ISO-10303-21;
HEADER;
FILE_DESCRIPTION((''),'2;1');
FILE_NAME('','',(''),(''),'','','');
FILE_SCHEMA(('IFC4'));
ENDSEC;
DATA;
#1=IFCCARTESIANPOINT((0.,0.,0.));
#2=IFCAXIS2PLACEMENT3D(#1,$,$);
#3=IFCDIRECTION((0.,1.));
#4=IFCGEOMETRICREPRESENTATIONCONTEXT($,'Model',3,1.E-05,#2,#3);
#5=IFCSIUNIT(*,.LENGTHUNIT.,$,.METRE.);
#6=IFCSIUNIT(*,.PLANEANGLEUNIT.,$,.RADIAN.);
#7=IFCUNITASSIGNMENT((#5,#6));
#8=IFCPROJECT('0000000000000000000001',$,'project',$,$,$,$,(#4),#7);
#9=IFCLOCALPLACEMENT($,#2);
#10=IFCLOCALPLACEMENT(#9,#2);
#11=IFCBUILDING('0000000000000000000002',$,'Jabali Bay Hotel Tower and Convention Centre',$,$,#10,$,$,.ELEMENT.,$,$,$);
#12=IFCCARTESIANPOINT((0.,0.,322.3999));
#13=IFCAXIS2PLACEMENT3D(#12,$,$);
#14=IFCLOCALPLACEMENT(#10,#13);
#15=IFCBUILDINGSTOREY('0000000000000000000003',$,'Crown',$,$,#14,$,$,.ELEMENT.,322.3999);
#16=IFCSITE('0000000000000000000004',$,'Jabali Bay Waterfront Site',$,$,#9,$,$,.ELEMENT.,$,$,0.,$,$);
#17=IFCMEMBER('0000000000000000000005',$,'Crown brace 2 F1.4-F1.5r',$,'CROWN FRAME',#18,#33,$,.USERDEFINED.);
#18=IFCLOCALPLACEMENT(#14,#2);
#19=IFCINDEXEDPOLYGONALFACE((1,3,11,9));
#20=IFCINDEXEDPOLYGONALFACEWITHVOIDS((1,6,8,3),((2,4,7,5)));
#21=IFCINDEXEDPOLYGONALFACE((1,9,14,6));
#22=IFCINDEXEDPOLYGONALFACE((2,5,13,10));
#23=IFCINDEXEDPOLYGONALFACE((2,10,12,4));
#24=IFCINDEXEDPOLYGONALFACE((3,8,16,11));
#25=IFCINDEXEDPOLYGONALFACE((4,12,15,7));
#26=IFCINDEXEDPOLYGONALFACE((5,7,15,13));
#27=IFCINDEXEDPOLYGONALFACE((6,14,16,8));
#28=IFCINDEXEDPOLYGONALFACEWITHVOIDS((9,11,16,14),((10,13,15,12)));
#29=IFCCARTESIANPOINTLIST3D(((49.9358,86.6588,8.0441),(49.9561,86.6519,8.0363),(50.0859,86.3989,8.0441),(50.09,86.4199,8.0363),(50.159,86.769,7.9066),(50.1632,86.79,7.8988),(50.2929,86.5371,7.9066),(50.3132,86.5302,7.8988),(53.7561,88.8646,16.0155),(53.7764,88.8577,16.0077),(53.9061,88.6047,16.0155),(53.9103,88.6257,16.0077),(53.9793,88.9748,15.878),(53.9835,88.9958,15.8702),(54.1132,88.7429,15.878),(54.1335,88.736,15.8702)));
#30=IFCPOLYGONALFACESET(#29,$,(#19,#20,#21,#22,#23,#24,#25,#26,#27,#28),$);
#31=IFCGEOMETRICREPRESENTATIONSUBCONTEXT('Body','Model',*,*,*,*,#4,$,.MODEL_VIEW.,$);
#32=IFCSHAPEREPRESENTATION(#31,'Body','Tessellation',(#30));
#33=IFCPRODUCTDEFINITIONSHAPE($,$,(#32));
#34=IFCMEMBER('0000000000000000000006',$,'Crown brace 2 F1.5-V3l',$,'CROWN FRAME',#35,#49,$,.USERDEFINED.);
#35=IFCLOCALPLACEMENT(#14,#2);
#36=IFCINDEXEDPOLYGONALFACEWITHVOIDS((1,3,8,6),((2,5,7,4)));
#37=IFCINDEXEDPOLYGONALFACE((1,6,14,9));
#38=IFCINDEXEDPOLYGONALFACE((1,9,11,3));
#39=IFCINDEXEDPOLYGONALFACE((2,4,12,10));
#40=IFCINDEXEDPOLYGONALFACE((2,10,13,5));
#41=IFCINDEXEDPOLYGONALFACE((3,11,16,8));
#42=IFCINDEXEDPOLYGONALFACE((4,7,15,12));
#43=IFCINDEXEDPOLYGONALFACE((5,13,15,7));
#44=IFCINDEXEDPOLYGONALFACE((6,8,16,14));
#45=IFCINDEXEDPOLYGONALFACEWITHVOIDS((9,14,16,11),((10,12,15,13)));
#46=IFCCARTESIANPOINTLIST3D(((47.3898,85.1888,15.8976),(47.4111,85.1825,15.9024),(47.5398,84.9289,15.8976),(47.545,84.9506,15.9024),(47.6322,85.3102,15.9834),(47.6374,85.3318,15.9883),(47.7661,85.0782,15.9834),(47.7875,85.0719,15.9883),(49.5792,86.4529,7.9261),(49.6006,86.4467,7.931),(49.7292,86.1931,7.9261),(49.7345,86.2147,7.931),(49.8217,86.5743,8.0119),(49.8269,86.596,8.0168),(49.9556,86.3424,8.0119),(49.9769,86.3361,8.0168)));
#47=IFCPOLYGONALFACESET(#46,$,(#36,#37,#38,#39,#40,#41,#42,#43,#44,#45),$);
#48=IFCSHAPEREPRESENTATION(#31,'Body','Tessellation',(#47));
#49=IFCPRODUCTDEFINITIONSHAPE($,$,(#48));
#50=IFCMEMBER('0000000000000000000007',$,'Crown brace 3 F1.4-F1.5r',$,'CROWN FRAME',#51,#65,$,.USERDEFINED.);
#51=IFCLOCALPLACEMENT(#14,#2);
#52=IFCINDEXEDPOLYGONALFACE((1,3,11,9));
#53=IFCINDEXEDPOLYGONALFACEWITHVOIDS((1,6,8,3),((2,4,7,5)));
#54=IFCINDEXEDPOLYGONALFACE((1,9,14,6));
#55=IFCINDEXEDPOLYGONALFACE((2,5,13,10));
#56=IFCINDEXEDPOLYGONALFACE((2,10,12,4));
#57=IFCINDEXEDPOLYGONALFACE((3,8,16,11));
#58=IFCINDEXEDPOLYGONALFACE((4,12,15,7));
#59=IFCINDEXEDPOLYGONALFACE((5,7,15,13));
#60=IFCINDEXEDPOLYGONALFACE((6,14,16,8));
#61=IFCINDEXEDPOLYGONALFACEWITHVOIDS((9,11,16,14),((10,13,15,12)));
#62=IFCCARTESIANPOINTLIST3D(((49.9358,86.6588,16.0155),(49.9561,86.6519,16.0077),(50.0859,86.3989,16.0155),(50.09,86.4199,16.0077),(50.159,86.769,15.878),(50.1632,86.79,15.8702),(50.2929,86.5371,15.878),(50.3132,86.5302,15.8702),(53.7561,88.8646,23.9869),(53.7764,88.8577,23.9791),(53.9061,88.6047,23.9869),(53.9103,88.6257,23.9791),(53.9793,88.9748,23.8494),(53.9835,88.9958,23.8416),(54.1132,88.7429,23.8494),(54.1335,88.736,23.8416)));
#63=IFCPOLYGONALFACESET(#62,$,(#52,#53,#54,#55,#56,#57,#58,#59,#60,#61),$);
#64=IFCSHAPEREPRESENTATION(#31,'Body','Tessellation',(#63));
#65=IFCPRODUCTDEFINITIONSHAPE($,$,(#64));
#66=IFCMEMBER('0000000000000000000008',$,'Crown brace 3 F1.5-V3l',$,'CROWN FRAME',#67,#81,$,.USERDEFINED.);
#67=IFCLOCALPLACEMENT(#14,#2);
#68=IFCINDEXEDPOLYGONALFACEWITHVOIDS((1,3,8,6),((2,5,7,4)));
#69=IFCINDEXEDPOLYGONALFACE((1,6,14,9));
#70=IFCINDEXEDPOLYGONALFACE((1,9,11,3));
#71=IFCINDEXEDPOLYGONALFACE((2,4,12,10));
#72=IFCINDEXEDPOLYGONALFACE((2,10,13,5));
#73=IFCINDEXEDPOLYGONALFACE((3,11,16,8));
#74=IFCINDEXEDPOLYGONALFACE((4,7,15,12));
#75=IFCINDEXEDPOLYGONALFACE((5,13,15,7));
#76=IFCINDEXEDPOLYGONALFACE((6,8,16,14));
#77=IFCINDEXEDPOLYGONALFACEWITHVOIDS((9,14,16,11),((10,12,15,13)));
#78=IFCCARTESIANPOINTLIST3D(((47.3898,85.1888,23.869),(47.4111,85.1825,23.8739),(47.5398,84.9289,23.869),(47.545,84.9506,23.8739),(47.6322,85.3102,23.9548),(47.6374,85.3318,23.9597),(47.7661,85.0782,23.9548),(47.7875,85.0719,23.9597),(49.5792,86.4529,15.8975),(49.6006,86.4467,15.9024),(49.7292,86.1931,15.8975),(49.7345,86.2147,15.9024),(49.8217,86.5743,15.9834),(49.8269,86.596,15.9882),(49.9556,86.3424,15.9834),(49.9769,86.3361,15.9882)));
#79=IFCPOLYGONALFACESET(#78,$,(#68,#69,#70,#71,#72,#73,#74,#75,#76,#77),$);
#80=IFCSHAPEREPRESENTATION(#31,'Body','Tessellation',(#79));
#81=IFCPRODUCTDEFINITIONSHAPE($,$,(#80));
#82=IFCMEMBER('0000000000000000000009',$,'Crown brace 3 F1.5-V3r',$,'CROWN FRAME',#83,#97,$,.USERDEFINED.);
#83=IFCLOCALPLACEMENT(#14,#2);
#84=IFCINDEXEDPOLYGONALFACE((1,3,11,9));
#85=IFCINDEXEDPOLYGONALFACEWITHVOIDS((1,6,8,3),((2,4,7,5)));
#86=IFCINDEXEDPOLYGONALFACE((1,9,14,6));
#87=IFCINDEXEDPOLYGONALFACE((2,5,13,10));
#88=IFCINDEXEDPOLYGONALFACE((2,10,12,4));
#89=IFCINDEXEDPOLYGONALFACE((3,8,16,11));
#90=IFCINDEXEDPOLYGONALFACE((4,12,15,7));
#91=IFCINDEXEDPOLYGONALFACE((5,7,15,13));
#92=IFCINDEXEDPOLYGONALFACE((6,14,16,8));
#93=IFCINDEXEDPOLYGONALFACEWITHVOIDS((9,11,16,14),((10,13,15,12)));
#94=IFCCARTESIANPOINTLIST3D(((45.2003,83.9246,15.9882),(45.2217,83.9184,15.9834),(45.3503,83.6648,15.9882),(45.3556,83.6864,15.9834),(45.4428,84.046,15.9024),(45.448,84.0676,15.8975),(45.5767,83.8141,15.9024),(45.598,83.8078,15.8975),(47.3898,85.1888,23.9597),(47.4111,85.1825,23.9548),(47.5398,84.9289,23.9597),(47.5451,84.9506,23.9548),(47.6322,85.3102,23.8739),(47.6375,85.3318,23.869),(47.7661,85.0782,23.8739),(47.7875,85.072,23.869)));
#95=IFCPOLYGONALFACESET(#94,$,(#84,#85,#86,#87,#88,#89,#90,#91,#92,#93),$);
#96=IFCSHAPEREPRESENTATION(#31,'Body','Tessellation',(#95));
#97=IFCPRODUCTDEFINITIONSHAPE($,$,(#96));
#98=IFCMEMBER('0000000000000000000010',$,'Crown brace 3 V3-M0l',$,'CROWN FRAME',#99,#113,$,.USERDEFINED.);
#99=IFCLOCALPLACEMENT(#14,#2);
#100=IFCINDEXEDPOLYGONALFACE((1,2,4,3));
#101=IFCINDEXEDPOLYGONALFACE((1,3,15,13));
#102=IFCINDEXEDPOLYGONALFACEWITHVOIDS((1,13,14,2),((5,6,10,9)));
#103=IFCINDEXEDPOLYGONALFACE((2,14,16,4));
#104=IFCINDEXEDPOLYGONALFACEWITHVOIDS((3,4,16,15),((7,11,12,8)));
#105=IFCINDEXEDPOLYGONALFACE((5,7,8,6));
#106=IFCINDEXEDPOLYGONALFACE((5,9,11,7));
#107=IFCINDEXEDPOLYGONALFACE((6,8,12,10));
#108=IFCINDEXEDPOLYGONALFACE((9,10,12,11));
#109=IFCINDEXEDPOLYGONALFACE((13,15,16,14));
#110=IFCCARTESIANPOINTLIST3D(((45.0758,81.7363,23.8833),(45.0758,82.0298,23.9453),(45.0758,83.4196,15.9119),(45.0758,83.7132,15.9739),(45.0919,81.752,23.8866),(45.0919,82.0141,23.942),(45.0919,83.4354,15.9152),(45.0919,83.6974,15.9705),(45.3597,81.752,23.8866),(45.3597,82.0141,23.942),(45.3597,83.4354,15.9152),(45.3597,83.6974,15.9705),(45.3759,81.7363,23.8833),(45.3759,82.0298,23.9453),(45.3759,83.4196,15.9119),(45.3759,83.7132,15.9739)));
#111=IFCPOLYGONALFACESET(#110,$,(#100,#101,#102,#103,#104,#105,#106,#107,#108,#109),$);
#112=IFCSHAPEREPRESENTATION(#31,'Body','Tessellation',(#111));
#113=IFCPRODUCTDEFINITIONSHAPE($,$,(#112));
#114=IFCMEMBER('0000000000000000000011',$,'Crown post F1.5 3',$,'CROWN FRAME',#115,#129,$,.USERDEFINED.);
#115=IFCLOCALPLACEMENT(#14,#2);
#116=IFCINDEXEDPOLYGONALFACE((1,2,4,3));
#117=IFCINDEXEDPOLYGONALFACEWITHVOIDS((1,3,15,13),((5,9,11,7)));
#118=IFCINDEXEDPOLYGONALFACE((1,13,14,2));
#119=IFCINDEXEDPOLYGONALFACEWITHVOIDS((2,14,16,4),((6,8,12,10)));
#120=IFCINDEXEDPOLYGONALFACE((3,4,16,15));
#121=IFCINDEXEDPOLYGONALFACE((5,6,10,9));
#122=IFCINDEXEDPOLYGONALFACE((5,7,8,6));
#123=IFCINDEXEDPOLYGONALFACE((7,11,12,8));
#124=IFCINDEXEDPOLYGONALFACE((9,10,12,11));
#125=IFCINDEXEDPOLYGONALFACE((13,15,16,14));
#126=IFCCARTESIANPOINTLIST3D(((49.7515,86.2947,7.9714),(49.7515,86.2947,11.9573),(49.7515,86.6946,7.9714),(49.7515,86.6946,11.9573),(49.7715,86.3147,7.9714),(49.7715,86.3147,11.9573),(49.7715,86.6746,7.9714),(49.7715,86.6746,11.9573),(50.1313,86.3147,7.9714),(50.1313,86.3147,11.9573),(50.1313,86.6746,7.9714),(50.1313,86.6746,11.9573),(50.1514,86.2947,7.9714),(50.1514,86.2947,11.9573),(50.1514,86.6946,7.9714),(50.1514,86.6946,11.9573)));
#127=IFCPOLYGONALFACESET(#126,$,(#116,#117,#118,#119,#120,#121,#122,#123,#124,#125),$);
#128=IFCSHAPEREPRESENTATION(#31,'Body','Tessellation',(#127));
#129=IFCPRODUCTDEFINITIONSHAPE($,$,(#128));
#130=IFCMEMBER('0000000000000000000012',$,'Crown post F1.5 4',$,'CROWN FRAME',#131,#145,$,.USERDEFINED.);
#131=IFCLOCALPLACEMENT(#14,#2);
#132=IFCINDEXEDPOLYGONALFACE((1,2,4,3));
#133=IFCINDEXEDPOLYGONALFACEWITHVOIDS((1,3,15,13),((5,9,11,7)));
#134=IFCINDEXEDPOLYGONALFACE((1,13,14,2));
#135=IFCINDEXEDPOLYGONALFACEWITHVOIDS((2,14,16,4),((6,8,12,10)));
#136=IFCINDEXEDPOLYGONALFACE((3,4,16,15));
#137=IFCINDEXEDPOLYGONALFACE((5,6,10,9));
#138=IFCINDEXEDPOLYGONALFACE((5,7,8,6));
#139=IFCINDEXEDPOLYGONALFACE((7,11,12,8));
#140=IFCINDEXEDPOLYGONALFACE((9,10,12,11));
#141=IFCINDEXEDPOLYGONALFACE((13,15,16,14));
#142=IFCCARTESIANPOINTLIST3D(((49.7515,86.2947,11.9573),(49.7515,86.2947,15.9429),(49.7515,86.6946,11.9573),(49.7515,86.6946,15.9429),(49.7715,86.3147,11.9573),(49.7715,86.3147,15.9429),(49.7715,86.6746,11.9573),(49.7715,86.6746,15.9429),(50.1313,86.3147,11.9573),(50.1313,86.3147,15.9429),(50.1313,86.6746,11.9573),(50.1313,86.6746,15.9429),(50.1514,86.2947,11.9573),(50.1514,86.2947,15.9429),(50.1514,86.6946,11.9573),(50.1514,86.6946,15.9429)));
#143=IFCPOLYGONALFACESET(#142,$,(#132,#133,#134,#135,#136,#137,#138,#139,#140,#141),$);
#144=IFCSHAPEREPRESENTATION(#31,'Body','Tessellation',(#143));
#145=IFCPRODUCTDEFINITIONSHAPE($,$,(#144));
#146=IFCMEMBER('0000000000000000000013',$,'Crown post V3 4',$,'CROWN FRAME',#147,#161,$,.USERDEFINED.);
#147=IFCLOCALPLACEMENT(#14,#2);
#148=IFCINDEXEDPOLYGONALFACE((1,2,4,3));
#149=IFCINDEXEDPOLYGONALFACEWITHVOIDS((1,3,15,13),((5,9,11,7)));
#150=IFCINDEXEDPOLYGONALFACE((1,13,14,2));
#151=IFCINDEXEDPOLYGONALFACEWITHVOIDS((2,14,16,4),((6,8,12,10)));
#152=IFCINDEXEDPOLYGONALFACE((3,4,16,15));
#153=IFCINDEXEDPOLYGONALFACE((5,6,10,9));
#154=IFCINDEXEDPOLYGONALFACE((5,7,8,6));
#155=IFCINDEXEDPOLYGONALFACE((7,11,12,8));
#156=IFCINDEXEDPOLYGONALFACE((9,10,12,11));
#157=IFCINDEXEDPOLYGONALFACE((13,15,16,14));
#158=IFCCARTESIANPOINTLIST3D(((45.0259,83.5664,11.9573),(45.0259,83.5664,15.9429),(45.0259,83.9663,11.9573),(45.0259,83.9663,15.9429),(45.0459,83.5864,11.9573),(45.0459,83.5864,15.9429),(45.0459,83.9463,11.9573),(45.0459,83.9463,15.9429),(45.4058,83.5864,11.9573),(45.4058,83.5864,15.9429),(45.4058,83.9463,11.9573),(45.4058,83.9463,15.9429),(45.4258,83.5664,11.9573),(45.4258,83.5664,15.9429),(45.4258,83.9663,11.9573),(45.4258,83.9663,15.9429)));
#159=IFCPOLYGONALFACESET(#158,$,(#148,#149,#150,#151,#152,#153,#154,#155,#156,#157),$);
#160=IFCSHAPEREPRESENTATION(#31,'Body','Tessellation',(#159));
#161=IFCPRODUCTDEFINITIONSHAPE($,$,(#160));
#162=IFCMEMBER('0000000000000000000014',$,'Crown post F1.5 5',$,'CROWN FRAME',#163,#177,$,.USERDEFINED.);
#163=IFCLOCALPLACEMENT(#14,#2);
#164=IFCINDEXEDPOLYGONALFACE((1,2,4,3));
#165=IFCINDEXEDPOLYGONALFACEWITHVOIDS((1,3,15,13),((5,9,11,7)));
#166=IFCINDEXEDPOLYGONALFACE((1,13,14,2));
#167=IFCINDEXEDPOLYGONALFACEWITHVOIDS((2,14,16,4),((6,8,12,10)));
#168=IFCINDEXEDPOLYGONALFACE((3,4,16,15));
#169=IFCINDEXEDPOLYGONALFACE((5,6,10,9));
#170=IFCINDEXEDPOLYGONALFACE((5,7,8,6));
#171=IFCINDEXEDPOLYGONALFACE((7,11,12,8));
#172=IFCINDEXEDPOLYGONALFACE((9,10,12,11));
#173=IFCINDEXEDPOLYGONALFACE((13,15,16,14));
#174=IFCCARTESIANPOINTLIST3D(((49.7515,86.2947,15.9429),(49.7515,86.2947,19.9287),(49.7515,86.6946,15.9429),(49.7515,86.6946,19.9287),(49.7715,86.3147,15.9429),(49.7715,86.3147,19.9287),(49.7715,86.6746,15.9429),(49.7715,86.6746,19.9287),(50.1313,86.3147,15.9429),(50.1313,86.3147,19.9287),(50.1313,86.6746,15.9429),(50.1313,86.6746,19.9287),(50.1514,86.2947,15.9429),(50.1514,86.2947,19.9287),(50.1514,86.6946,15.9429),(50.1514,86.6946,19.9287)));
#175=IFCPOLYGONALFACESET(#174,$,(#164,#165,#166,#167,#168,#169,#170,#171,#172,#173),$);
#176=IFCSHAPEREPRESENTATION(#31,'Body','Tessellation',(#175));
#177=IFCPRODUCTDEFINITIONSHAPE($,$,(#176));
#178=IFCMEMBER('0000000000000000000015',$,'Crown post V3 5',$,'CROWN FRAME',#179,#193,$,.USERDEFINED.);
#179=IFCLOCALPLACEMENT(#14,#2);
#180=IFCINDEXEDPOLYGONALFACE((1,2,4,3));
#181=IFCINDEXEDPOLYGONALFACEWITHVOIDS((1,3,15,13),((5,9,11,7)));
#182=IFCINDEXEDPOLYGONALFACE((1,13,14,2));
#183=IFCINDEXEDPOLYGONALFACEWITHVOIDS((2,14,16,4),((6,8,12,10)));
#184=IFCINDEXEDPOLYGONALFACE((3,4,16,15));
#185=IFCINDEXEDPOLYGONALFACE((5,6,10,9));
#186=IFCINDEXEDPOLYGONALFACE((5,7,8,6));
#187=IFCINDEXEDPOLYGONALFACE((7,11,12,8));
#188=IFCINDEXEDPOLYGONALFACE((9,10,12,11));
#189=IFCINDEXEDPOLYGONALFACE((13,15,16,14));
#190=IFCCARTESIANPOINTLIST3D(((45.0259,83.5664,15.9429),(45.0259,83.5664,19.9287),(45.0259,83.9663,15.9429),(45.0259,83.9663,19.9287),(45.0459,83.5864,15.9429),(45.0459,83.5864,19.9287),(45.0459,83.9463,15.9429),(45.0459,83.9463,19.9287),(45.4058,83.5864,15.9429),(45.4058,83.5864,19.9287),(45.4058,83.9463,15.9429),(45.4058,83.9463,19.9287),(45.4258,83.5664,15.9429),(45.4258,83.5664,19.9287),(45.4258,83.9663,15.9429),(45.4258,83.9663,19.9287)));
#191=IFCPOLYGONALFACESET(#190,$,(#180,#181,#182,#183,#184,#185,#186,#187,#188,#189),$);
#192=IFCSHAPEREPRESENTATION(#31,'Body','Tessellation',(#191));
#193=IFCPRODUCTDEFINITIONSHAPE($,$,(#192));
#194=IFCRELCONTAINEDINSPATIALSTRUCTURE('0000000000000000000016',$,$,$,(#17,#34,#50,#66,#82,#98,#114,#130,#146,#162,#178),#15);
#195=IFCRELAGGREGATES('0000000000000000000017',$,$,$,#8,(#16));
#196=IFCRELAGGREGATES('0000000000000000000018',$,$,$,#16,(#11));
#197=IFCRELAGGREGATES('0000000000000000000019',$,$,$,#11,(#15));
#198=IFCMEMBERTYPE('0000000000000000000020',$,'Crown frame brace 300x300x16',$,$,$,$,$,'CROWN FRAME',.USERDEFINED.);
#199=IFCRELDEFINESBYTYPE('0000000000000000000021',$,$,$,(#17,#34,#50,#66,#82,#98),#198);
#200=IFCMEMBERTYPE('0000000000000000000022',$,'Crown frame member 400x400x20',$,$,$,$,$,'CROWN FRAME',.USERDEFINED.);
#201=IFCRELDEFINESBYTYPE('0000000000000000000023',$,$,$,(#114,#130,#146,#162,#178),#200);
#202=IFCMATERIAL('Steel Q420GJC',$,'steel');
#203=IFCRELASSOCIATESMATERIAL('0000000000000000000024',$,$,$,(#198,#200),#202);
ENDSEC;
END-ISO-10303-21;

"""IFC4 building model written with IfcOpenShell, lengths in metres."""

from ifc_helpers import new_model, si_unit, direction, frame, origin, origin_2d, place, context, subcontext, project, spatial, hollow_rectangle, extrude, material, material_profile, profile_set, type_object, element, save


model = new_model("IFC4")

# Units and contexts
model_context = context("Model", 3, precision=1e-05, world=origin(), true_north=direction((0.0, 1.0)))
body_context = subcontext(model_context, "Body", "Model", "MODEL_VIEW")
ifc_project = project(units=[si_unit("LENGTHUNIT", "METRE"), si_unit("PLANEANGLEUNIT", "RADIAN")], contexts=[model_context])

# Site, building, storey
site_placement = place(None, origin())
site = spatial("IfcSite", under=ifc_project, at=site_placement, Name="Jabali Bay Waterfront Site", CompositionType="ELEMENT", RefElevation=0.0)
building_placement = place(site_placement, origin())
building = spatial("IfcBuilding", under=site, at=building_placement, Name="Jabali Bay Hotel Tower and Convention Centre", CompositionType="ELEMENT")
storey_placement = place(building_placement, frame((0.0, 0.0, 322.3999)))
storey = spatial("IfcBuildingStorey", under=building, at=storey_placement, Name="Crown", CompositionType="ELEMENT", Elevation=322.3999)

# Members
ifc_material_1 = material(Name="Steel Q420GJC", Category="steel")
ifc_material_profile_1 = material_profile(ifc_material_1, hollow_rectangle(XDim=0.3, YDim=0.3, WallThickness=0.0161, at=origin_2d()), Name="Crown frame brace 300x300x16")
ifc_profile_set_1 = profile_set([ifc_material_profile_1], Name="Steel Q420GJC")
member_type_1 = type_object("IfcMemberType", Name="Crown frame brace 300x300x16", ElementType="CROWN FRAME", PredefinedType="USERDEFINED", material=ifc_profile_set_1)
member_1_placement = place(storey_placement, frame((50.1245, 86.5945, 7.9714), z_axis=(0.419323, 0.242113, 0.874957), x_axis=(-0.500026, 0.86601, 0.0)))
element("IfcMember", 1, at=member_1_placement, inside=storey, type_object=member_type_1, Name="Crown brace 2 F1.4-F1.5r", ObjectType="CROWN FRAME", PredefinedType="USERDEFINED", context=body_context, shape_type="SweptSolid", body=[
    extrude(hollow_rectangle(XDim=0.3, YDim=0.3, WallThickness=0.0161, at=origin_2d()), origin(), (0.0, 0.0, 1.0), 9.1106),
])
member_2_placement = place(storey_placement, frame((49.7781, 86.3945, 7.9714), z_axis=(-0.26181, -0.151166, 0.953207), x_axis=(0.500023, -0.866012, 0.0)))
element("IfcMember", 2, at=member_2_placement, inside=storey, type_object=member_type_1, Name="Crown brace 2 F1.5-V3l", ObjectType="CROWN FRAME", PredefinedType="USERDEFINED", context=body_context, shape_type="SweptSolid", body=[
    extrude(hollow_rectangle(XDim=0.3, YDim=0.3, WallThickness=0.0161, at=origin_2d()), origin(), (0.0, 0.0, 1.0), 8.3628),
])
member_3_placement = place(storey_placement, frame((50.1245, 86.5945, 15.9429), z_axis=(0.419323, 0.242113, 0.874957), x_axis=(-0.500026, 0.86601, 0.0)))
element("IfcMember", 3, at=member_3_placement, inside=storey, type_object=member_type_1, Name="Crown brace 3 F1.4-F1.5r", ObjectType="CROWN FRAME", PredefinedType="USERDEFINED", context=body_context, shape_type="SweptSolid", body=[
    extrude(hollow_rectangle(XDim=0.3, YDim=0.3, WallThickness=0.0161, at=origin_2d()), origin(), (0.0, 0.0, 1.0), 9.1106),
])
for number, where, z_axis, x_axis, name in (
    (4, (49.7781, 86.3945, 15.9429), (-0.26181, -0.151166, 0.953207), (0.500023, -0.866012, 0.0), "Crown brace 3 F1.5-V3l"),
    (5, (45.3992, 83.8662, 15.9429), (0.26181, 0.151166, 0.953207), (-0.500023, 0.866012, 0.0), "Crown brace 3 F1.5-V3r"),
):
    element("IfcMember", number, at=place(storey_placement, frame(where, z_axis=z_axis, x_axis=x_axis)), inside=storey, type_object=member_type_1, Name=name, ObjectType="CROWN FRAME", PredefinedType="USERDEFINED", context=body_context, shape_type="SweptSolid", body=[
        extrude(hollow_rectangle(XDim=0.3, YDim=0.3, WallThickness=0.0161, at=origin_2d()), origin(), (0.0, 0.0, 1.0), 8.3628),
    ])
member_4_placement = place(storey_placement, frame((45.2258, 83.5664, 15.9429), z_axis=(0.0, -0.206616, 0.978422), x_axis=(1.0, 0.0, 0.0)))
element("IfcMember", 6, at=member_4_placement, inside=storey, type_object=member_type_1, Name="Crown brace 3 V3-M0l", ObjectType="CROWN FRAME", PredefinedType="USERDEFINED", context=body_context, shape_type="SweptSolid", body=[
    extrude(hollow_rectangle(XDim=0.3, YDim=0.3, WallThickness=0.0161, at=origin_2d()), origin(), (0.0, 0.0, 1.0), 8.1472),
])
ifc_material_profile_2 = material_profile(ifc_material_1, hollow_rectangle(XDim=0.3999, YDim=0.3999, WallThickness=0.02, at=origin_2d()), Name="Crown frame member 400x400x20")
ifc_profile_set_2 = profile_set([ifc_material_profile_2], Name="Steel Q420GJC")
member_type_2 = type_object("IfcMemberType", Name="Crown frame member 400x400x20", ElementType="CROWN FRAME", PredefinedType="USERDEFINED", material=ifc_profile_set_2)
member_5_placement = place(storey_placement, frame((49.9514, 86.4946, 7.9714), z_axis=(0.0, 0.0, 1.0), x_axis=(1.0, 0.0, 0.0)))
element("IfcMember", 7, at=member_5_placement, inside=storey, type_object=member_type_2, Name="Crown post F1.5 3", ObjectType="CROWN FRAME", PredefinedType="USERDEFINED", context=body_context, shape_type="SweptSolid", body=[
    extrude(hollow_rectangle(XDim=0.3999, YDim=0.3999, WallThickness=0.02, at=origin_2d()), origin(), (0.0, 0.0, 1.0), 3.9858),
])
for number, where, z_axis, x_axis, name in (
    (8, (49.9514, 86.4946, 11.9573), (0.0, 0.0, 1.0), (1.0, 0.0, 0.0), "Crown post F1.5 4"),
    (9, (45.2258, 83.7664, 11.9573), (0.0, 0.0, 1.0), (1.0, 0.0, 0.0), "Crown post V3 4"),
):
    element("IfcMember", number, at=place(storey_placement, frame(where, z_axis=z_axis, x_axis=x_axis)), inside=storey, type_object=member_type_2, Name=name, ObjectType="CROWN FRAME", PredefinedType="USERDEFINED", context=body_context, shape_type="SweptSolid", body=[
        extrude(hollow_rectangle(XDim=0.3999, YDim=0.3999, WallThickness=0.02, at=origin_2d()), origin(), (0.0, 0.0, 1.0), 3.9856),
    ])
for number, where, z_axis, x_axis, name in (
    (10, (49.9514, 86.4946, 15.9429), (0.0, 0.0, 1.0), (1.0, 0.0, 0.0), "Crown post F1.5 5"),
    (11, (45.2258, 83.7664, 15.9429), (0.0, 0.0, 1.0), (1.0, 0.0, 0.0), "Crown post V3 5"),
):
    element("IfcMember", number, at=place(storey_placement, frame(where, z_axis=z_axis, x_axis=x_axis)), inside=storey, type_object=member_type_2, Name=name, ObjectType="CROWN FRAME", PredefinedType="USERDEFINED", context=body_context, shape_type="SweptSolid", body=[
        extrude(hollow_rectangle(XDim=0.3999, YDim=0.3999, WallThickness=0.02, at=origin_2d()), origin(), (0.0, 0.0, 1.0), 3.9858),
    ])

save(model, "model.ifc")
